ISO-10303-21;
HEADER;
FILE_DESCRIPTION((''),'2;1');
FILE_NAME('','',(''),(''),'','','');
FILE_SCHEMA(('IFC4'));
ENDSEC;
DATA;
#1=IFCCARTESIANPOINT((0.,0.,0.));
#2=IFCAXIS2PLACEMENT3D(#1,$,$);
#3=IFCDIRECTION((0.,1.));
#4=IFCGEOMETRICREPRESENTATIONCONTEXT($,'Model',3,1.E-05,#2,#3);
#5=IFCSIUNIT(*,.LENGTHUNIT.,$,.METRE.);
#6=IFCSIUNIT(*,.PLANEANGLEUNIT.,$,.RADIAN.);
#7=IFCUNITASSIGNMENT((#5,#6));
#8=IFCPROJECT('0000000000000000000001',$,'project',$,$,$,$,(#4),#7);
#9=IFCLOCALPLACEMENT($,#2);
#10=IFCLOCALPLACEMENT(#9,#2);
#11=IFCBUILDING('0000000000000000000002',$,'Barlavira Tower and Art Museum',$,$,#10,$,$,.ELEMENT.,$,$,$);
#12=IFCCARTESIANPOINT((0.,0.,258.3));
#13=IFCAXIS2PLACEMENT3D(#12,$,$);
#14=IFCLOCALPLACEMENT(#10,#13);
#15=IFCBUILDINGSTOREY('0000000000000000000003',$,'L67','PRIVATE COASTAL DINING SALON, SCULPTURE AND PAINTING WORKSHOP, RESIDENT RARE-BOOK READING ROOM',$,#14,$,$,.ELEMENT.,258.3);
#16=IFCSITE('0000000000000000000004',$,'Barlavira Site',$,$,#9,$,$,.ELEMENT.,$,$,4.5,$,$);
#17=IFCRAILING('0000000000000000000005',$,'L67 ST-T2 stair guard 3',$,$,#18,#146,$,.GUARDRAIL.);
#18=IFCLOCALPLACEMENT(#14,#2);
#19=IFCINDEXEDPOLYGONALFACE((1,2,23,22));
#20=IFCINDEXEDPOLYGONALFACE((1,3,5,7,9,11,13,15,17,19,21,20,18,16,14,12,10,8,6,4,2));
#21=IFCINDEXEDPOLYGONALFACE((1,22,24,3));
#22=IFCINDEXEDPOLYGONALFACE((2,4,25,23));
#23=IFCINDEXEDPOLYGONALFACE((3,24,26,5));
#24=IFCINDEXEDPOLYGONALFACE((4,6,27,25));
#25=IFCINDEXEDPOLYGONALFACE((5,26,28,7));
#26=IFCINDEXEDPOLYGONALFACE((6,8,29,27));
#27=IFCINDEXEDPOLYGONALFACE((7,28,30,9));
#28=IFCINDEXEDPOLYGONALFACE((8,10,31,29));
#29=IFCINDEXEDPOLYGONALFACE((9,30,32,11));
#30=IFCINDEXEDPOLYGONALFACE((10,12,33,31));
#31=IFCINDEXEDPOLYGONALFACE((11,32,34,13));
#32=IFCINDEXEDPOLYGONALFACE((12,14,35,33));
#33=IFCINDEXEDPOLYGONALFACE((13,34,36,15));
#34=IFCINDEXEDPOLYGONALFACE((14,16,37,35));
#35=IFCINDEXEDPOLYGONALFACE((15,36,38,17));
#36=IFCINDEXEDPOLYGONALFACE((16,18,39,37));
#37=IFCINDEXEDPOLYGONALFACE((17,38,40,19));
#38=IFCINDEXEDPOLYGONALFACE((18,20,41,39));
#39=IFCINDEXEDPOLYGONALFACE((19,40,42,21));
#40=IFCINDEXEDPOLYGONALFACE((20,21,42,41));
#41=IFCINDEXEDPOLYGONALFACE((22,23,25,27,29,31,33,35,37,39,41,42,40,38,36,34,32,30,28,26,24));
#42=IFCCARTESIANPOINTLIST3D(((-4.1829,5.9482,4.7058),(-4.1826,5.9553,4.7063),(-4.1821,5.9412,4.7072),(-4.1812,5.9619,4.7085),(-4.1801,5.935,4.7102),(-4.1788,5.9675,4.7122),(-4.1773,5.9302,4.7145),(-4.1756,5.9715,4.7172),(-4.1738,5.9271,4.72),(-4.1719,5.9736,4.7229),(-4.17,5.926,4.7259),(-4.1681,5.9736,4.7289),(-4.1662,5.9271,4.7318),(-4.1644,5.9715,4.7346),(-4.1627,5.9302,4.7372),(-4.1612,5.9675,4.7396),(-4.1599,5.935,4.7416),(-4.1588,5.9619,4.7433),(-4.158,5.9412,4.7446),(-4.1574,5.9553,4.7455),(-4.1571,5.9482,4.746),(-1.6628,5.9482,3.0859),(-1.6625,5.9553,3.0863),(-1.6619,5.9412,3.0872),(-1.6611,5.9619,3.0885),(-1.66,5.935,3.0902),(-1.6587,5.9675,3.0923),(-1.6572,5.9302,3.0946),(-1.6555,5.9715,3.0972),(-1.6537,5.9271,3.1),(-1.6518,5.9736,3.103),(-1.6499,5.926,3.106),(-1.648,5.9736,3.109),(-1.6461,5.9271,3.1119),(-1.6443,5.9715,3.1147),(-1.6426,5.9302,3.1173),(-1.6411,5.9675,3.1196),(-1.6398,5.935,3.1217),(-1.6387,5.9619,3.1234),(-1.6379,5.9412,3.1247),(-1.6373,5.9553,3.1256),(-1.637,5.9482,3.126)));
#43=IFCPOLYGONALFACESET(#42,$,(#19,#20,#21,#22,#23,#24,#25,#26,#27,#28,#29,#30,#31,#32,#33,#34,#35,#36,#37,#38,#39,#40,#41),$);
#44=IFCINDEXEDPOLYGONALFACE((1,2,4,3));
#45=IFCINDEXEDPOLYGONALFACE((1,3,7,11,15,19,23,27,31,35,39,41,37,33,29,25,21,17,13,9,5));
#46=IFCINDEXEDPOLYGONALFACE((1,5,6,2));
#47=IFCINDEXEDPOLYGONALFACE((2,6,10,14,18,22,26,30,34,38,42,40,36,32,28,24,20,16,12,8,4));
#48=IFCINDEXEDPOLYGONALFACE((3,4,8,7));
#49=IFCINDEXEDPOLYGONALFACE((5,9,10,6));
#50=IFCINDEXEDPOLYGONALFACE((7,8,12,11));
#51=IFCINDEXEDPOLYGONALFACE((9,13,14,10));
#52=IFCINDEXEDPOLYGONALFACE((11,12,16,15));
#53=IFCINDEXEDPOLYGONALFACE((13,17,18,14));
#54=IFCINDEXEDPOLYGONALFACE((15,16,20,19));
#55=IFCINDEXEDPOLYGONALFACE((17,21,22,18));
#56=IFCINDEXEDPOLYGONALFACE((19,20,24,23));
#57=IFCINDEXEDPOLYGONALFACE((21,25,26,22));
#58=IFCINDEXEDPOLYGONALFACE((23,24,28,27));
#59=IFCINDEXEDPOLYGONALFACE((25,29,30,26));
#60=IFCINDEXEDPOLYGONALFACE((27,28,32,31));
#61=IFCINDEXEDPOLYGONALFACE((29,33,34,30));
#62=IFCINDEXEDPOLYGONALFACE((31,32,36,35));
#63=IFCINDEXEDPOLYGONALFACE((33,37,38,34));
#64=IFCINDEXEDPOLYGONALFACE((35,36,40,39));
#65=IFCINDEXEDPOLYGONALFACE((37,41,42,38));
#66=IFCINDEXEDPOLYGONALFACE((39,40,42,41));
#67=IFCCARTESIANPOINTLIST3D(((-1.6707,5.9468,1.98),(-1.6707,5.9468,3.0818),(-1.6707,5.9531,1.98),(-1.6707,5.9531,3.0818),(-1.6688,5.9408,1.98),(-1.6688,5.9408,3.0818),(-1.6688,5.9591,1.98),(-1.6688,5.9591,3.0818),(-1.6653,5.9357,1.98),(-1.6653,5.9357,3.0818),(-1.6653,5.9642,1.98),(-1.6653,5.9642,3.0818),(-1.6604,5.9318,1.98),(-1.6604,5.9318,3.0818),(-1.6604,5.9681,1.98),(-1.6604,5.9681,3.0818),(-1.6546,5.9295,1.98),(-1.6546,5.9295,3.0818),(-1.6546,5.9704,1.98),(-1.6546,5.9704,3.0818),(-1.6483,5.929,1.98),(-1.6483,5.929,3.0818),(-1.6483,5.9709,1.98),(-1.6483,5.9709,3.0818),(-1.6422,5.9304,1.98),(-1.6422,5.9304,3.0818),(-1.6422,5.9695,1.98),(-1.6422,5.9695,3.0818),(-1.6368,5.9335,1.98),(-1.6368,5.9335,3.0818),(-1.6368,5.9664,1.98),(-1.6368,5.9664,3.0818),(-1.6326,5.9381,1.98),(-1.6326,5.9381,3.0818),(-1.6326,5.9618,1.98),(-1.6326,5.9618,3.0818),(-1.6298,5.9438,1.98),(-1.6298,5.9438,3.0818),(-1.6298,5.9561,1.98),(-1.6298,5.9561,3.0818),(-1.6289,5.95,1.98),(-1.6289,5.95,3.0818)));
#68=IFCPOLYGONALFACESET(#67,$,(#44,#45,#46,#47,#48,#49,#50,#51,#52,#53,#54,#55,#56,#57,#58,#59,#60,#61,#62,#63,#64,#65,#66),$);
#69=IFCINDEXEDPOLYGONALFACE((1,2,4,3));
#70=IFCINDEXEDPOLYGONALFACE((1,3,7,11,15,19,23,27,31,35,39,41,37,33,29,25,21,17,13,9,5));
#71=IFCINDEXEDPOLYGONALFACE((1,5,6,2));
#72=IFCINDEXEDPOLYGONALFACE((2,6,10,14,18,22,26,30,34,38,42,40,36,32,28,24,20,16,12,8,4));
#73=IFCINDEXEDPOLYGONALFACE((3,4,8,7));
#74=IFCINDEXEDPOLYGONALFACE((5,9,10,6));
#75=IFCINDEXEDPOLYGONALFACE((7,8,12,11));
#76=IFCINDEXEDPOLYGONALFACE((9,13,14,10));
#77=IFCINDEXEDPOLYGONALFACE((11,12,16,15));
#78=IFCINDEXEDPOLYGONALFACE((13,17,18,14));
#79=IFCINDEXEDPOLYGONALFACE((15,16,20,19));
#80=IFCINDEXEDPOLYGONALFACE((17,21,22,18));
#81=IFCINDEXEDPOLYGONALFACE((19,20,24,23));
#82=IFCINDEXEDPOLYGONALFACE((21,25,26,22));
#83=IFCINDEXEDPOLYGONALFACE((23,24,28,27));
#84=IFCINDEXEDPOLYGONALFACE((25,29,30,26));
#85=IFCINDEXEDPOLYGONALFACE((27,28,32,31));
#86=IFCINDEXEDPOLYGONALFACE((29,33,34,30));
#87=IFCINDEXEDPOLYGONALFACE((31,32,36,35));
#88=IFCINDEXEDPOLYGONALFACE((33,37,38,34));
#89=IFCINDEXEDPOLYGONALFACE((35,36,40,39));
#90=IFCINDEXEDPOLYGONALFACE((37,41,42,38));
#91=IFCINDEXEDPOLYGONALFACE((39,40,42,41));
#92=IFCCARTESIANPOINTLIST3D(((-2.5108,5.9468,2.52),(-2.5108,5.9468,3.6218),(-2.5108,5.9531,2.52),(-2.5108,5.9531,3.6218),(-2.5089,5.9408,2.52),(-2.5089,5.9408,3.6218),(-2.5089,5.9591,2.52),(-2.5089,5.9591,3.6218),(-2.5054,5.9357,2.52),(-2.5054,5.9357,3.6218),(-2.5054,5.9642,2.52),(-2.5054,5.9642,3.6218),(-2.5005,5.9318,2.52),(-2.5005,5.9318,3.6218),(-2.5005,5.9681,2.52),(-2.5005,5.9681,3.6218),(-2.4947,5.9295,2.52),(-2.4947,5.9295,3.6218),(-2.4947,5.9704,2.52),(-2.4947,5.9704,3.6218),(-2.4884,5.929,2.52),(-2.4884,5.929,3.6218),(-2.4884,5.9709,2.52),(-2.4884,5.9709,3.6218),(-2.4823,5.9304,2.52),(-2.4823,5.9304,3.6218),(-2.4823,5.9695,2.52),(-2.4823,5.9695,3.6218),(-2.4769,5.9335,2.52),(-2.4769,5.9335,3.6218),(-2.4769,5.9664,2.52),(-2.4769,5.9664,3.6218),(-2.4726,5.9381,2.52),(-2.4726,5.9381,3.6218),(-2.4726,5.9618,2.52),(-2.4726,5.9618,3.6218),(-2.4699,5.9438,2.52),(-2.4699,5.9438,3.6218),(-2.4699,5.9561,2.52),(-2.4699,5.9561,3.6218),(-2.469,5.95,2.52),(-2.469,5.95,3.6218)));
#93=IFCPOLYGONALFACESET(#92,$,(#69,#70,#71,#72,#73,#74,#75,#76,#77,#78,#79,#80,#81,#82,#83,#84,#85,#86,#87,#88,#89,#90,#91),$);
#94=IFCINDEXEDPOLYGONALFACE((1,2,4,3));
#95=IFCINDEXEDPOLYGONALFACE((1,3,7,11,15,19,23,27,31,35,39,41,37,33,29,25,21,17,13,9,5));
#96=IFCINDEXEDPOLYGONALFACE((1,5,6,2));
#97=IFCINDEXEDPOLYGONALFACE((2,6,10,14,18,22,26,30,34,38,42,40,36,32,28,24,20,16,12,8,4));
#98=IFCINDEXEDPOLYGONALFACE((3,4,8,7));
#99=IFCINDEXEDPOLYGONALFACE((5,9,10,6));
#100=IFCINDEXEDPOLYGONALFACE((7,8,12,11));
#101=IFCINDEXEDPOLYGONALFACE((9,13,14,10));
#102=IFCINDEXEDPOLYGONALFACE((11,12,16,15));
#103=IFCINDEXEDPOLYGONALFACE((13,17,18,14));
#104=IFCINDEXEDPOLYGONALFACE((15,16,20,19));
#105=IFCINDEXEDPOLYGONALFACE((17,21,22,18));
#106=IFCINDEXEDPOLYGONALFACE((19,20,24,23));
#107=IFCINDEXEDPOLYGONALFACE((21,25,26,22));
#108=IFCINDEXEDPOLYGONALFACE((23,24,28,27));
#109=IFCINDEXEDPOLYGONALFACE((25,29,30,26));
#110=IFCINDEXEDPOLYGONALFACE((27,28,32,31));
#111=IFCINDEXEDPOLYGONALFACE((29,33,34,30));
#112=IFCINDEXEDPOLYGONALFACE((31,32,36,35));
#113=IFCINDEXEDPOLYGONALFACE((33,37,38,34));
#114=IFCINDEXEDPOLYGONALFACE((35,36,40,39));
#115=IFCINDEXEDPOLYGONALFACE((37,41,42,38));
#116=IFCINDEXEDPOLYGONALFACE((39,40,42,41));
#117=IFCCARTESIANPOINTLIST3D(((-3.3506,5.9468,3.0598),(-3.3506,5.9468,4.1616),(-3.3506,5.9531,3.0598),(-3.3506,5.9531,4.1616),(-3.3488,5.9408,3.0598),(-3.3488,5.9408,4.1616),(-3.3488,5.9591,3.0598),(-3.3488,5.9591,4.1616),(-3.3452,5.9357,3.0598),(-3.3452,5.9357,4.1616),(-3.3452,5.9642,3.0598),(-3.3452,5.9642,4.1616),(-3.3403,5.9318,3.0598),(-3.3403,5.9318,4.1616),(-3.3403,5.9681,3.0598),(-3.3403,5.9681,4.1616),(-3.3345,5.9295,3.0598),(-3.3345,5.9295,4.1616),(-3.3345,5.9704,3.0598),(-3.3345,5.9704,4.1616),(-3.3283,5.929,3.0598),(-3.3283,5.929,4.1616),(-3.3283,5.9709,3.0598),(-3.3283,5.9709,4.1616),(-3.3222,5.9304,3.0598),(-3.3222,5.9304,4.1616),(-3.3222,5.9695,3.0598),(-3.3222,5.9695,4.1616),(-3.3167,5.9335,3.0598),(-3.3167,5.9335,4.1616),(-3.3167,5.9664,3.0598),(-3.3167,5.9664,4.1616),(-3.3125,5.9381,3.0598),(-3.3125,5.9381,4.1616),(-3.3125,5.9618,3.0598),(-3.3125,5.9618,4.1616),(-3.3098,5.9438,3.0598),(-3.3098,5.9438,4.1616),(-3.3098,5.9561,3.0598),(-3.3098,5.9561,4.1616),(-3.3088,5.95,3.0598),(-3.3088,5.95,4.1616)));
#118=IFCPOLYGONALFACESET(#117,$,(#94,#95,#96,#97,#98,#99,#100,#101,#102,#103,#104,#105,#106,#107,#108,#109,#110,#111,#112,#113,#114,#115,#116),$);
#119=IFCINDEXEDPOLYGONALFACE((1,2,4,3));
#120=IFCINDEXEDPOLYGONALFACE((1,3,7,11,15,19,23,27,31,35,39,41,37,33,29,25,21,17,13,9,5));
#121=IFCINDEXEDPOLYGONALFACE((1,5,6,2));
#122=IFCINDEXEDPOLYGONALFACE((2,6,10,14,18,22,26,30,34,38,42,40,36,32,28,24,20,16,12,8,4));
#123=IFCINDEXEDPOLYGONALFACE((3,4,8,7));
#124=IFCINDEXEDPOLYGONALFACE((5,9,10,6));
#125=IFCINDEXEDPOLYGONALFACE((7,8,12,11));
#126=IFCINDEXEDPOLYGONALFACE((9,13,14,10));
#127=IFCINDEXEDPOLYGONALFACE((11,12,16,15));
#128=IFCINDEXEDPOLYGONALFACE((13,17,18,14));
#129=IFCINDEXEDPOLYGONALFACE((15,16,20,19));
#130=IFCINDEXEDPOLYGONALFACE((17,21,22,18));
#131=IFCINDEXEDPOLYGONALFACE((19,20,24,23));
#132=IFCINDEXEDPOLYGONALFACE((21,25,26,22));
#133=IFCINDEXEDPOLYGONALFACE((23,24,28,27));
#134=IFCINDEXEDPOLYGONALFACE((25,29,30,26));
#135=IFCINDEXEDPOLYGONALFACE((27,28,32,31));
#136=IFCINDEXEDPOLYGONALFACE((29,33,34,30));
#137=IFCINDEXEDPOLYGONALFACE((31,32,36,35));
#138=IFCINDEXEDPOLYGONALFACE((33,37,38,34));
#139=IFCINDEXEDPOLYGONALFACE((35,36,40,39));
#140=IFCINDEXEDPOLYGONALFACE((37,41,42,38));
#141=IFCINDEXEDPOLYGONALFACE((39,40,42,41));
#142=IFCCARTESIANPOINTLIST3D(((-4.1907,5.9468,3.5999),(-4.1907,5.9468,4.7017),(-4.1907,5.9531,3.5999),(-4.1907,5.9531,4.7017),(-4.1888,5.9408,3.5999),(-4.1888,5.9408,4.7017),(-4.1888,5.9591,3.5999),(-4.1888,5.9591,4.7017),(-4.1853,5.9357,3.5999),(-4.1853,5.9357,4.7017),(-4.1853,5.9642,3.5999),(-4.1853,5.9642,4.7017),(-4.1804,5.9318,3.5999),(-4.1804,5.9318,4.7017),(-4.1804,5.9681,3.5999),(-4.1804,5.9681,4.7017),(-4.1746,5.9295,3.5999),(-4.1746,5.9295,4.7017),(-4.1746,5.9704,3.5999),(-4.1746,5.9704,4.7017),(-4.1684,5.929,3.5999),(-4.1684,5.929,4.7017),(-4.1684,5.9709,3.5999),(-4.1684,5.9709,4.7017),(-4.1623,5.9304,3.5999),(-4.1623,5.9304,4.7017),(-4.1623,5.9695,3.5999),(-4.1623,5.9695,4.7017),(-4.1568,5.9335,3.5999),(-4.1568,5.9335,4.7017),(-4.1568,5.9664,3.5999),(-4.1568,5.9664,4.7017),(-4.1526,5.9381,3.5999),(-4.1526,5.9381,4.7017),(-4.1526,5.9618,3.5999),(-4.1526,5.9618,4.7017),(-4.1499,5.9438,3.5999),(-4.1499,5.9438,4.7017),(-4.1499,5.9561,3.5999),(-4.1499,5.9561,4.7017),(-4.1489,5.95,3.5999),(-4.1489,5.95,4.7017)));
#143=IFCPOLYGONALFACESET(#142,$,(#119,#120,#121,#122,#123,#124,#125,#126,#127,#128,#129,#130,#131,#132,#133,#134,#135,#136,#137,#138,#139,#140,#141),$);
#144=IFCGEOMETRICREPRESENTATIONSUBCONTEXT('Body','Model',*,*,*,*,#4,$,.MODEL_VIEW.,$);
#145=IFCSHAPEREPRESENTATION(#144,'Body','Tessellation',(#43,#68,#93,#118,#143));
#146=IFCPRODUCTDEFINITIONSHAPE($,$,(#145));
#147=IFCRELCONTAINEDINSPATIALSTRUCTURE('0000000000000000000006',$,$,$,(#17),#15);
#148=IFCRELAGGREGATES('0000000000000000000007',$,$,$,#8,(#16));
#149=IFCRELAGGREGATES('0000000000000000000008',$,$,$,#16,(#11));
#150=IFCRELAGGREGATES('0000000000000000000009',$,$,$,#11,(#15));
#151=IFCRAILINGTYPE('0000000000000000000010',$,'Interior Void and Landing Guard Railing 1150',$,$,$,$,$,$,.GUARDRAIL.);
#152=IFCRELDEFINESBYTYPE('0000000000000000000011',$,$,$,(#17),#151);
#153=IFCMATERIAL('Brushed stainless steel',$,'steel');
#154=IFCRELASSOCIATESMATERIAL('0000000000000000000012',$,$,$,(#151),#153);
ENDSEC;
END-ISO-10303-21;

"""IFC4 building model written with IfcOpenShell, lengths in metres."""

from ifc_helpers import new_model, si_unit, direction, frame, origin, origin_2d, place, context, subcontext, project, spatial, circle, extrude, material, type_object, element, save


model = new_model("IFC4")

# Units and contexts
model_context = context("Model", 3, precision=1e-05, world=origin(), true_north=direction((0.0, 1.0)))
body_context = subcontext(model_context, "Body", "Model", "MODEL_VIEW")
ifc_project = project(units=[si_unit("LENGTHUNIT", "METRE"), si_unit("PLANEANGLEUNIT", "RADIAN")], contexts=[model_context])

# Site, building, storey
site_placement = place(None, origin())
site = spatial("IfcSite", under=ifc_project, at=site_placement, Name="Barlavira Site", CompositionType="ELEMENT", RefElevation=4.5)
building_placement = place(site_placement, origin())
building = spatial("IfcBuilding", under=site, at=building_placement, Name="Barlavira Tower and Art Museum", CompositionType="ELEMENT")
storey_placement = place(building_placement, frame((0.0, 0.0, 258.3)))
storey = spatial("IfcBuildingStorey", under=building, at=storey_placement, Name="L67", Description="PRIVATE COASTAL DINING SALON, SCULPTURE AND PAINTING WORKSHOP, RESIDENT RARE-BOOK READING ROOM", CompositionType="ELEMENT", Elevation=258.3)

# Shared definitions
ifc_material_1 = material(Name="Brushed stainless steel", Category="steel")

# Railing
railing_type_1 = type_object("IfcRailingType", Name="Interior Void and Landing Guard Railing 1150", PredefinedType="GUARDRAIL", material=ifc_material_1)
railing_1_placement = place(storey_placement, frame((-1.6499, 5.95, 1.98)))
element("IfcRailing", 1, at=railing_1_placement, inside=storey, type_object=railing_type_1, Name="L67 ST-T2 stair guard 3", PredefinedType="GUARDRAIL", context=body_context, shape_type="SweptSolid", body=[
    extrude(circle(Radius=0.0239, at=origin_2d()), frame((0.0, 0.0, 1.126), z_axis=(-0.8412, 0.0, 0.540725), x_axis=(0.0, -1.0, 0.0)), (0.0, 0.0, 1.0), 2.9958),
    extrude(circle(Radius=0.021, at=origin_2d()), origin(), (0.0, 0.0, 1.0), 1.1018),
    extrude(circle(Radius=0.021, at=origin_2d()), frame((-0.8401, 0.0, 0.54)), (0.0, 0.0, 1.0), 1.1018),
    extrude(circle(Radius=0.021, at=origin_2d()), frame((-1.6799, 0.0, 1.0798)), (0.0, 0.0, 1.0), 1.1018),
    extrude(circle(Radius=0.021, at=origin_2d()), frame((-2.52, 0.0, 1.6199)), (0.0, 0.0, 1.0), 1.1018),
])

save(model, "model.ifc")
